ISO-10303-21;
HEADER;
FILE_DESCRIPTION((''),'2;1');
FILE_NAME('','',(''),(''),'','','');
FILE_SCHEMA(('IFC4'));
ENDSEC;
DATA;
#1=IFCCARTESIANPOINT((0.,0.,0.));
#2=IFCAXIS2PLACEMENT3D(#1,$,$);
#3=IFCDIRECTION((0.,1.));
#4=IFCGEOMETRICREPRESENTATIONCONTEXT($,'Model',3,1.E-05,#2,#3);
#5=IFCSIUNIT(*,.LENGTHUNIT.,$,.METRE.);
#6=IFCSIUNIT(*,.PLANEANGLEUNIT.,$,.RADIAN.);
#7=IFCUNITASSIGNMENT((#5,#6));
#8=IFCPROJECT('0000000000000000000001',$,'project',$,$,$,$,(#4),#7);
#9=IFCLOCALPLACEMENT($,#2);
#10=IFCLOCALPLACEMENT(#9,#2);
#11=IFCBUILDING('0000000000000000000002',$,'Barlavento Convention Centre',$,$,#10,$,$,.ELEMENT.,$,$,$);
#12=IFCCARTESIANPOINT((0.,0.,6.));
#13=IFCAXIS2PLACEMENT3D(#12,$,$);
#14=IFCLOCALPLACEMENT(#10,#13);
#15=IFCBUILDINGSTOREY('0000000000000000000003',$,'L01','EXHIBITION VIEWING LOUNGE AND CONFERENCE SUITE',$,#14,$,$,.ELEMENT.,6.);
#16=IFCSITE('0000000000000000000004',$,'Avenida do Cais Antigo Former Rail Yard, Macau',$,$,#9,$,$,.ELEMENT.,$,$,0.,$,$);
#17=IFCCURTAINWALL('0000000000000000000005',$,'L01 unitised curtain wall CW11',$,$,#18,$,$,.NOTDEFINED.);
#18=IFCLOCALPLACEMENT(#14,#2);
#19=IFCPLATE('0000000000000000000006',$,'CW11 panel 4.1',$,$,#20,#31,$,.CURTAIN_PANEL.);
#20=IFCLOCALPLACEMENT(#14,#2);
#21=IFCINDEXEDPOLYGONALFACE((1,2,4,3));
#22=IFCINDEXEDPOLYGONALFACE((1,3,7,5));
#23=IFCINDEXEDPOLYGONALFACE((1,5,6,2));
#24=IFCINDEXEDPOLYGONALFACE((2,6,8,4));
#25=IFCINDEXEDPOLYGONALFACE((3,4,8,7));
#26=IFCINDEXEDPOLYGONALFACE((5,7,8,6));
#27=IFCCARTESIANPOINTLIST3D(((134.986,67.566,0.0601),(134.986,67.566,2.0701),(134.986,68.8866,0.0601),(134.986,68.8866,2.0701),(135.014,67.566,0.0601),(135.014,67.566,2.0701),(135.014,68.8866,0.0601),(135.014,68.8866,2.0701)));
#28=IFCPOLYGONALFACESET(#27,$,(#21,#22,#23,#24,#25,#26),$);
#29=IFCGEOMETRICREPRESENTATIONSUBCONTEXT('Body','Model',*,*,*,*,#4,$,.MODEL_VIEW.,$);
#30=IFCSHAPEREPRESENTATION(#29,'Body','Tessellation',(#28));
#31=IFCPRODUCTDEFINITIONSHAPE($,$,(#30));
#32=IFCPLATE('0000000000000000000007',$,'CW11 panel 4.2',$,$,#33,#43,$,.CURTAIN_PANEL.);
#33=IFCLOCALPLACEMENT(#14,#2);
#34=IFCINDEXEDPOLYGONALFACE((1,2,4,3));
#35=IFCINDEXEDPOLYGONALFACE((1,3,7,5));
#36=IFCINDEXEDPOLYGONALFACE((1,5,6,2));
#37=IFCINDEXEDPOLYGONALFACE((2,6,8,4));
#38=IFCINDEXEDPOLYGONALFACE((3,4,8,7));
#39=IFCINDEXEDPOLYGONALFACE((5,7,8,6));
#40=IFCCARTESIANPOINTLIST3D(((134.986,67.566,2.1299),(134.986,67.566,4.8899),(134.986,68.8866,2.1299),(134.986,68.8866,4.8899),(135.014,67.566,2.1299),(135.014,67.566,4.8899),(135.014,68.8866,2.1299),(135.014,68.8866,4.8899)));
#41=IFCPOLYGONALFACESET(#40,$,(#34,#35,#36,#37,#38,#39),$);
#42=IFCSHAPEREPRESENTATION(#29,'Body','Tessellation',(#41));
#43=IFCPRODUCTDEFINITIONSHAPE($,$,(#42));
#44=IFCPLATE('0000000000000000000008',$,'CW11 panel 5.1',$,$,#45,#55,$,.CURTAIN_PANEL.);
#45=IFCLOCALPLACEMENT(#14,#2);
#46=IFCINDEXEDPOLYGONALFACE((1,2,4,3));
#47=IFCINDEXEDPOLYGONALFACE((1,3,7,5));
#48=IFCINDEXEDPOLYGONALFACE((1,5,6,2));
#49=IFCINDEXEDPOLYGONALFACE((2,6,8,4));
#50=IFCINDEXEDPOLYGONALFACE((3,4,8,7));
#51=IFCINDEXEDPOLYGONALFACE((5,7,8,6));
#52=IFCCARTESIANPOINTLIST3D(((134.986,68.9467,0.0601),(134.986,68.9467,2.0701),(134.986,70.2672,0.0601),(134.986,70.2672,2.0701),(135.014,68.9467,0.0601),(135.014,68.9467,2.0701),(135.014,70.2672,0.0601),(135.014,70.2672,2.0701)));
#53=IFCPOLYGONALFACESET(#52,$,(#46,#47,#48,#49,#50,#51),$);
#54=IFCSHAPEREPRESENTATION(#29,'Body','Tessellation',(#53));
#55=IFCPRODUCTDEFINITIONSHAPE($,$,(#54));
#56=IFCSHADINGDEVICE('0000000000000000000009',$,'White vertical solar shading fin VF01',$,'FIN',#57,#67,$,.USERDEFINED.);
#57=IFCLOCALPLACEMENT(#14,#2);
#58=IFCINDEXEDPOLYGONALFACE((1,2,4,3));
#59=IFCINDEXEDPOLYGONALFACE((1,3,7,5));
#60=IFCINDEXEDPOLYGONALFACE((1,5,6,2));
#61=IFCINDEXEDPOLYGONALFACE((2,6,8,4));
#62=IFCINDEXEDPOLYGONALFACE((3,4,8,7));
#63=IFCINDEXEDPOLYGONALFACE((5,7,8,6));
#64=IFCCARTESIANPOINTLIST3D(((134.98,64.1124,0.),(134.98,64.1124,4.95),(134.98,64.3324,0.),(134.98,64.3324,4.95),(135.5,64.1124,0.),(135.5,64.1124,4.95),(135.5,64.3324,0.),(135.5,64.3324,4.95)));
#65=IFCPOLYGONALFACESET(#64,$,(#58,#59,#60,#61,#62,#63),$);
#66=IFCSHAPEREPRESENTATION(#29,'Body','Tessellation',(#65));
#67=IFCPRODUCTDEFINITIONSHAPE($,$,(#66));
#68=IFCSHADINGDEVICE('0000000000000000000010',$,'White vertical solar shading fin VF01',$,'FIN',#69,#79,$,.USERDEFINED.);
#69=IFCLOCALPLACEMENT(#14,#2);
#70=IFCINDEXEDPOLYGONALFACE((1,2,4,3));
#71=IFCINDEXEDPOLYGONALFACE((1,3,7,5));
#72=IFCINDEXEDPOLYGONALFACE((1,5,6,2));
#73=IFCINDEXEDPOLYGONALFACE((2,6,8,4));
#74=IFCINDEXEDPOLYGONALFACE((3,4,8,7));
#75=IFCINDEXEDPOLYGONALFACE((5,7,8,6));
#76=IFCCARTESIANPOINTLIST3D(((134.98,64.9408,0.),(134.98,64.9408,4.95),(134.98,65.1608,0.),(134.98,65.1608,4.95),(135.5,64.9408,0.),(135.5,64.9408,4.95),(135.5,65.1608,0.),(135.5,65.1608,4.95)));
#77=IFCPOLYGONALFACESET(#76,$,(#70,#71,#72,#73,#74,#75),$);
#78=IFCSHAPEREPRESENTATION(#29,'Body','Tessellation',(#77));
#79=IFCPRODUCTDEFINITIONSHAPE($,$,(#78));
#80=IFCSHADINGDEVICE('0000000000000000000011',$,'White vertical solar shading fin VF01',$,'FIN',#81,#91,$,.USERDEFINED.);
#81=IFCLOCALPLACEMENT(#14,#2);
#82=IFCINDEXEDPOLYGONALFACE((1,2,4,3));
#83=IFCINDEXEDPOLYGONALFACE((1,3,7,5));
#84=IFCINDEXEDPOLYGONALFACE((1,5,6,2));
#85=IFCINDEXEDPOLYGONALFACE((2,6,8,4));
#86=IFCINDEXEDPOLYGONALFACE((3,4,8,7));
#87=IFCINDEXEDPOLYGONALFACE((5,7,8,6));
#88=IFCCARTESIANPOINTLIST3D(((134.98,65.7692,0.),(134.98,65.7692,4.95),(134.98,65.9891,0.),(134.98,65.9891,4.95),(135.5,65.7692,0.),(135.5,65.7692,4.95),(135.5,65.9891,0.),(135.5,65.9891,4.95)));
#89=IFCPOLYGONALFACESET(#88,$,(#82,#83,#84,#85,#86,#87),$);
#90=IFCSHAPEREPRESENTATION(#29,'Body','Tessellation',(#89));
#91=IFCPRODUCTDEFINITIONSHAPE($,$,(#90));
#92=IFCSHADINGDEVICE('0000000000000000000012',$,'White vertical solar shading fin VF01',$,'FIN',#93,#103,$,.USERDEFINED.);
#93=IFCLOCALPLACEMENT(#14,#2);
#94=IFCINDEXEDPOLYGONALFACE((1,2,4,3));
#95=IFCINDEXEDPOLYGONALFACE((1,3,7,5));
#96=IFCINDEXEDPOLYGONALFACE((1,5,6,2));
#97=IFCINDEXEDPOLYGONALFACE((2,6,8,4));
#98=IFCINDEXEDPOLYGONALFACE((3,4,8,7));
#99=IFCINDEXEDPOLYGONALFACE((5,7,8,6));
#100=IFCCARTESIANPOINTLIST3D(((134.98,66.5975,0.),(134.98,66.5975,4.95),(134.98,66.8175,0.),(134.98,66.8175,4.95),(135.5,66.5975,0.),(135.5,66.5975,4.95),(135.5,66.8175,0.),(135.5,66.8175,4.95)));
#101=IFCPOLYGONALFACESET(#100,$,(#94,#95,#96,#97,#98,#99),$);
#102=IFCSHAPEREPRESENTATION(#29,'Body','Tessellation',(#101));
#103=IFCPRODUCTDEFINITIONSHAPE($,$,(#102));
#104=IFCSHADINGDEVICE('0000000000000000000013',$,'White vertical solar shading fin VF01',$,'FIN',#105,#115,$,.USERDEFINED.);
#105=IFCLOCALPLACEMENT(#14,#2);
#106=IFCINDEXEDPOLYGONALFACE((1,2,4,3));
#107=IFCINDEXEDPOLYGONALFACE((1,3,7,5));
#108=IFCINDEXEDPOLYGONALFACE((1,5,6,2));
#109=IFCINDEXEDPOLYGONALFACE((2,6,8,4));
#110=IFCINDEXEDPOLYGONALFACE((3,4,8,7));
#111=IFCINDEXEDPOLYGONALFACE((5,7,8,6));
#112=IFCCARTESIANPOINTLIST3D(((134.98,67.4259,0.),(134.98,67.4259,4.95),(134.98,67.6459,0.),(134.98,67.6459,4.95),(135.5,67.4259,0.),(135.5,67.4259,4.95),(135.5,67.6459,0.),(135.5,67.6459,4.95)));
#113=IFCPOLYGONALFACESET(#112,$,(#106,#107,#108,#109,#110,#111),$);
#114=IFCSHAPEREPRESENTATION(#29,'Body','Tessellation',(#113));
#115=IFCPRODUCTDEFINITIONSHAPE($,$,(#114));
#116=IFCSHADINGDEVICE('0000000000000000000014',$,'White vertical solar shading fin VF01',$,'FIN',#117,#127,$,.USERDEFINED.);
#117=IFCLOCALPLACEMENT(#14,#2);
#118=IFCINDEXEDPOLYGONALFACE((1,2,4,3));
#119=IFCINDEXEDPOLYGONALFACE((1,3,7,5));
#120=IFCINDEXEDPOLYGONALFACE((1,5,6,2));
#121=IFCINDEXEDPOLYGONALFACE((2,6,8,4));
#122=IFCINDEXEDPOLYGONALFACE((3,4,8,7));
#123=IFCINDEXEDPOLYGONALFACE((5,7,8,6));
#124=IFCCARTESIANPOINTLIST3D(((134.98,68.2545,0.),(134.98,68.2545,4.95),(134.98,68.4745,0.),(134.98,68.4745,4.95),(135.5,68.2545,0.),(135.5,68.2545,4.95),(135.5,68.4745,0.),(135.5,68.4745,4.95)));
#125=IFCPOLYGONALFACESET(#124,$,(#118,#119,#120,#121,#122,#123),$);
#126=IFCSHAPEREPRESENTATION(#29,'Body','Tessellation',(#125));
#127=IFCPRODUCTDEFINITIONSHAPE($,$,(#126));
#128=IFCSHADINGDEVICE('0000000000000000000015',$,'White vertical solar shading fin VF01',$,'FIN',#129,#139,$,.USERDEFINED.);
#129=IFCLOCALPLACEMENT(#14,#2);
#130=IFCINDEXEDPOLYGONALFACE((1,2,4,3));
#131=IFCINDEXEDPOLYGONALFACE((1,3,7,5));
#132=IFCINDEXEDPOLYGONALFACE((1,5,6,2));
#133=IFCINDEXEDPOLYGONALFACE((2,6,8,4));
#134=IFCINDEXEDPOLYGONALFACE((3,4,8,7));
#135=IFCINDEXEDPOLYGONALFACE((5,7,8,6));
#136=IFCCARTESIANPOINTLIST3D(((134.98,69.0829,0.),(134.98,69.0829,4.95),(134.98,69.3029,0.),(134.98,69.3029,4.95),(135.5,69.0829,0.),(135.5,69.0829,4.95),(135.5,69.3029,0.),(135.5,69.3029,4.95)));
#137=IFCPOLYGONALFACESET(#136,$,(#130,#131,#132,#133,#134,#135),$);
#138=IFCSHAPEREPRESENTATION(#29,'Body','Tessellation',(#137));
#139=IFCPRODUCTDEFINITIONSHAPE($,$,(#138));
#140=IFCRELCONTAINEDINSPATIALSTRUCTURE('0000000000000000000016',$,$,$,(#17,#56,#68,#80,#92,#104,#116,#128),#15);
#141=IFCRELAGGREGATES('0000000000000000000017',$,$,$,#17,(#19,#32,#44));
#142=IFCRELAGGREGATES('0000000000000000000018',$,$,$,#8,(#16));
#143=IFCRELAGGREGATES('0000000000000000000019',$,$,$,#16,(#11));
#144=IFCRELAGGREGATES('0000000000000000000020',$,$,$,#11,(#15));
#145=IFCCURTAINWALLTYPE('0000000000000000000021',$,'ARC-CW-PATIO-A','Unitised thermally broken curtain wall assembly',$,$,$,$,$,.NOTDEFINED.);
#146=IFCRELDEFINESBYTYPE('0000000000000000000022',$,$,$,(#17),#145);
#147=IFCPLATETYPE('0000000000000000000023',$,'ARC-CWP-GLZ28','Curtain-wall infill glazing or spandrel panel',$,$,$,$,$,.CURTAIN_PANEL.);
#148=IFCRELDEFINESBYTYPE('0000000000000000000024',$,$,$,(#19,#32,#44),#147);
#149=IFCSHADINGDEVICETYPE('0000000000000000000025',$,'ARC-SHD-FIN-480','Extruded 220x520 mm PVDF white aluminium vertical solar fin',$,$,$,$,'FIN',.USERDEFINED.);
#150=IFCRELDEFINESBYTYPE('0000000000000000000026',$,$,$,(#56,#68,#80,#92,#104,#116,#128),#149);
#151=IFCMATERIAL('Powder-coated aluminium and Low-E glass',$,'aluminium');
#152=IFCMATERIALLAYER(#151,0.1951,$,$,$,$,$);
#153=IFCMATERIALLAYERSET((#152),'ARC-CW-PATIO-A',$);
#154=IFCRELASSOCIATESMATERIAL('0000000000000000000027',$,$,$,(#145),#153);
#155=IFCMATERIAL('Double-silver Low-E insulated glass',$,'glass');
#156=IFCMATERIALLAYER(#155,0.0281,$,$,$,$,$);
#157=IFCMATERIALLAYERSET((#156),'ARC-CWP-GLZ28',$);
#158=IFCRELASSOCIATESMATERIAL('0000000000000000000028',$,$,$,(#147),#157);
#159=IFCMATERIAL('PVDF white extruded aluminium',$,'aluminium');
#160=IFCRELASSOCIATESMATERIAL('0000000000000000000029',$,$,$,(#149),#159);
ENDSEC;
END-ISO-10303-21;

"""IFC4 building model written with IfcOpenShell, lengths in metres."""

from ifc_helpers import new_model, si_unit, direction, frame, origin, origin_2d, place, context, subcontext, project, spatial, rectangle, extrude, material, layer, layer_set, type_object, element, aggregate, save


model = new_model("IFC4")

# Units and contexts
model_context = context("Model", 3, precision=1e-05, world=origin(), true_north=direction((0.0, 1.0)))
body_context = subcontext(model_context, "Body", "Model", "MODEL_VIEW")
ifc_project = project(units=[si_unit("LENGTHUNIT", "METRE"), si_unit("PLANEANGLEUNIT", "RADIAN")], contexts=[model_context])

# Site, building, storey
site_placement = place(None, origin())
site = spatial("IfcSite", under=ifc_project, at=site_placement, Name="Avenida do Cais Antigo Former Rail Yard, Macau", CompositionType="ELEMENT", RefElevation=0.0)
building_placement = place(site_placement, origin())
building = spatial("IfcBuilding", under=site, at=building_placement, Name="Barlavento Convention Centre", CompositionType="ELEMENT")
storey_placement = place(building_placement, frame((0.0, 0.0, 6.0)))
storey = spatial("IfcBuildingStorey", under=building, at=storey_placement, Name="L01", Description="EXHIBITION VIEWING LOUNGE AND CONFERENCE SUITE", CompositionType="ELEMENT", Elevation=6.0)

# Curtain wall, plates
ifc_material_1 = material(Name="Powder-coated aluminium and Low-E glass", Category="aluminium")
ifc_layer_1 = layer(ifc_material_1, 0.1951)
ifc_layer_set_1 = layer_set([ifc_layer_1], Name="ARC-CW-PATIO-A")
curtain_wall_type = type_object("IfcCurtainWallType", Name="ARC-CW-PATIO-A", Description="Unitised thermally broken curtain wall assembly", PredefinedType="NOTDEFINED", material=ifc_layer_set_1)
curtain_wall_placement = place(storey_placement, origin())
curtain_wall = element("IfcCurtainWall", 1, at=curtain_wall_placement, inside=storey, type_object=curtain_wall_type, Name="L01 unitised curtain wall CW11", PredefinedType="NOTDEFINED")
ifc_material_2 = material(Name="Double-silver Low-E insulated glass", Category="glass")
ifc_layer_2 = layer(ifc_material_2, 0.0281)
ifc_layer_set_2 = layer_set([ifc_layer_2], Name="ARC-CWP-GLZ28")
plate_type = type_object("IfcPlateType", Name="ARC-CWP-GLZ28", Description="Curtain-wall infill glazing or spandrel panel", PredefinedType="CURTAIN_PANEL", material=ifc_layer_set_2)
plate_1_placement = place(storey_placement, frame((135.0, 68.2263, 0.0601), z_axis=(0.0, 0.0, 1.0), x_axis=(0.0, 1.0, 0.0)))
plate_1 = element("IfcPlate", 2, at=plate_1_placement, type_object=plate_type, Name="CW11 panel 4.1", PredefinedType="CURTAIN_PANEL", context=body_context, shape_type="SweptSolid", body=[
    extrude(rectangle(XDim=1.3206, YDim=0.0281, at=origin_2d()), origin(), (0.0, 0.0, 1.0), 2.01),
])
plate_2_placement = place(storey_placement, frame((135.0, 68.2263, 2.1299), z_axis=(0.0, 0.0, 1.0), x_axis=(0.0, 1.0, 0.0)))
plate_2 = element("IfcPlate", 3, at=plate_2_placement, type_object=plate_type, Name="CW11 panel 4.2", PredefinedType="CURTAIN_PANEL", context=body_context, shape_type="SweptSolid", body=[
    extrude(rectangle(XDim=1.3206, YDim=0.0281, at=origin_2d()), origin(), (0.0, 0.0, 1.0), 2.76),
])
plate_3_placement = place(storey_placement, frame((135.0, 69.6069, 0.0601), z_axis=(0.0, 0.0, 1.0), x_axis=(0.0, 1.0, 0.0)))
plate_3 = element("IfcPlate", 4, at=plate_3_placement, type_object=plate_type, Name="CW11 panel 5.1", PredefinedType="CURTAIN_PANEL", context=body_context, shape_type="SweptSolid", body=[
    extrude(rectangle(XDim=1.3206, YDim=0.0281, at=origin_2d()), origin(), (0.0, 0.0, 1.0), 2.01),
])
aggregate(curtain_wall, [plate_1, plate_2, plate_3])

# Shading devices
ifc_material_3 = material(Name="PVDF white extruded aluminium", Category="aluminium")
shading_device_type = type_object("IfcShadingDeviceType", Name="ARC-SHD-FIN-480", Description="Extruded 220x520 mm PVDF white aluminium vertical solar fin", ElementType="FIN", PredefinedType="USERDEFINED", material=ifc_material_3)
for number, where, z_axis, x_axis, name in (
    (5, (135.24, 64.2224, 0.0), (0.0, 0.0, 1.0), (0.0, 1.0, 0.0), "White vertical solar shading fin VF01"),
    (6, (135.24, 65.0508, 0.0), (0.0, 0.0, 1.0), (0.0, 1.0, 0.0), "White vertical solar shading fin VF01"),
    (7, (135.24, 65.8792, 0.0), (0.0, 0.0, 1.0), (0.0, 1.0, 0.0), "White vertical solar shading fin VF01"),
    (8, (135.24, 66.7075, 0.0), (0.0, 0.0, 1.0), (0.0, 1.0, 0.0), "White vertical solar shading fin VF01"),
    (9, (135.24, 67.5359, 0.0), (0.0, 0.0, 1.0), (0.0, 1.0, 0.0), "White vertical solar shading fin VF01"),
    (10, (135.24, 68.3645, 0.0), (0.0, 0.0, 1.0), (0.0, 1.0, 0.0), "White vertical solar shading fin VF01"),
    (11, (135.24, 69.1929, 0.0), (0.0, 0.0, 1.0), (0.0, 1.0, 0.0), "White vertical solar shading fin VF01"),
):
    element("IfcShadingDevice", number, at=place(storey_placement, frame(where, z_axis=z_axis, x_axis=x_axis)), inside=storey, type_object=shading_device_type, Name=name, ObjectType="FIN", PredefinedType="USERDEFINED", context=body_context, shape_type="SweptSolid", body=[
        extrude(rectangle(XDim=0.22, YDim=0.52, at=origin_2d()), origin(), (0.0, 0.0, 1.0), 4.95),
    ])

save(model, "model.ifc")
